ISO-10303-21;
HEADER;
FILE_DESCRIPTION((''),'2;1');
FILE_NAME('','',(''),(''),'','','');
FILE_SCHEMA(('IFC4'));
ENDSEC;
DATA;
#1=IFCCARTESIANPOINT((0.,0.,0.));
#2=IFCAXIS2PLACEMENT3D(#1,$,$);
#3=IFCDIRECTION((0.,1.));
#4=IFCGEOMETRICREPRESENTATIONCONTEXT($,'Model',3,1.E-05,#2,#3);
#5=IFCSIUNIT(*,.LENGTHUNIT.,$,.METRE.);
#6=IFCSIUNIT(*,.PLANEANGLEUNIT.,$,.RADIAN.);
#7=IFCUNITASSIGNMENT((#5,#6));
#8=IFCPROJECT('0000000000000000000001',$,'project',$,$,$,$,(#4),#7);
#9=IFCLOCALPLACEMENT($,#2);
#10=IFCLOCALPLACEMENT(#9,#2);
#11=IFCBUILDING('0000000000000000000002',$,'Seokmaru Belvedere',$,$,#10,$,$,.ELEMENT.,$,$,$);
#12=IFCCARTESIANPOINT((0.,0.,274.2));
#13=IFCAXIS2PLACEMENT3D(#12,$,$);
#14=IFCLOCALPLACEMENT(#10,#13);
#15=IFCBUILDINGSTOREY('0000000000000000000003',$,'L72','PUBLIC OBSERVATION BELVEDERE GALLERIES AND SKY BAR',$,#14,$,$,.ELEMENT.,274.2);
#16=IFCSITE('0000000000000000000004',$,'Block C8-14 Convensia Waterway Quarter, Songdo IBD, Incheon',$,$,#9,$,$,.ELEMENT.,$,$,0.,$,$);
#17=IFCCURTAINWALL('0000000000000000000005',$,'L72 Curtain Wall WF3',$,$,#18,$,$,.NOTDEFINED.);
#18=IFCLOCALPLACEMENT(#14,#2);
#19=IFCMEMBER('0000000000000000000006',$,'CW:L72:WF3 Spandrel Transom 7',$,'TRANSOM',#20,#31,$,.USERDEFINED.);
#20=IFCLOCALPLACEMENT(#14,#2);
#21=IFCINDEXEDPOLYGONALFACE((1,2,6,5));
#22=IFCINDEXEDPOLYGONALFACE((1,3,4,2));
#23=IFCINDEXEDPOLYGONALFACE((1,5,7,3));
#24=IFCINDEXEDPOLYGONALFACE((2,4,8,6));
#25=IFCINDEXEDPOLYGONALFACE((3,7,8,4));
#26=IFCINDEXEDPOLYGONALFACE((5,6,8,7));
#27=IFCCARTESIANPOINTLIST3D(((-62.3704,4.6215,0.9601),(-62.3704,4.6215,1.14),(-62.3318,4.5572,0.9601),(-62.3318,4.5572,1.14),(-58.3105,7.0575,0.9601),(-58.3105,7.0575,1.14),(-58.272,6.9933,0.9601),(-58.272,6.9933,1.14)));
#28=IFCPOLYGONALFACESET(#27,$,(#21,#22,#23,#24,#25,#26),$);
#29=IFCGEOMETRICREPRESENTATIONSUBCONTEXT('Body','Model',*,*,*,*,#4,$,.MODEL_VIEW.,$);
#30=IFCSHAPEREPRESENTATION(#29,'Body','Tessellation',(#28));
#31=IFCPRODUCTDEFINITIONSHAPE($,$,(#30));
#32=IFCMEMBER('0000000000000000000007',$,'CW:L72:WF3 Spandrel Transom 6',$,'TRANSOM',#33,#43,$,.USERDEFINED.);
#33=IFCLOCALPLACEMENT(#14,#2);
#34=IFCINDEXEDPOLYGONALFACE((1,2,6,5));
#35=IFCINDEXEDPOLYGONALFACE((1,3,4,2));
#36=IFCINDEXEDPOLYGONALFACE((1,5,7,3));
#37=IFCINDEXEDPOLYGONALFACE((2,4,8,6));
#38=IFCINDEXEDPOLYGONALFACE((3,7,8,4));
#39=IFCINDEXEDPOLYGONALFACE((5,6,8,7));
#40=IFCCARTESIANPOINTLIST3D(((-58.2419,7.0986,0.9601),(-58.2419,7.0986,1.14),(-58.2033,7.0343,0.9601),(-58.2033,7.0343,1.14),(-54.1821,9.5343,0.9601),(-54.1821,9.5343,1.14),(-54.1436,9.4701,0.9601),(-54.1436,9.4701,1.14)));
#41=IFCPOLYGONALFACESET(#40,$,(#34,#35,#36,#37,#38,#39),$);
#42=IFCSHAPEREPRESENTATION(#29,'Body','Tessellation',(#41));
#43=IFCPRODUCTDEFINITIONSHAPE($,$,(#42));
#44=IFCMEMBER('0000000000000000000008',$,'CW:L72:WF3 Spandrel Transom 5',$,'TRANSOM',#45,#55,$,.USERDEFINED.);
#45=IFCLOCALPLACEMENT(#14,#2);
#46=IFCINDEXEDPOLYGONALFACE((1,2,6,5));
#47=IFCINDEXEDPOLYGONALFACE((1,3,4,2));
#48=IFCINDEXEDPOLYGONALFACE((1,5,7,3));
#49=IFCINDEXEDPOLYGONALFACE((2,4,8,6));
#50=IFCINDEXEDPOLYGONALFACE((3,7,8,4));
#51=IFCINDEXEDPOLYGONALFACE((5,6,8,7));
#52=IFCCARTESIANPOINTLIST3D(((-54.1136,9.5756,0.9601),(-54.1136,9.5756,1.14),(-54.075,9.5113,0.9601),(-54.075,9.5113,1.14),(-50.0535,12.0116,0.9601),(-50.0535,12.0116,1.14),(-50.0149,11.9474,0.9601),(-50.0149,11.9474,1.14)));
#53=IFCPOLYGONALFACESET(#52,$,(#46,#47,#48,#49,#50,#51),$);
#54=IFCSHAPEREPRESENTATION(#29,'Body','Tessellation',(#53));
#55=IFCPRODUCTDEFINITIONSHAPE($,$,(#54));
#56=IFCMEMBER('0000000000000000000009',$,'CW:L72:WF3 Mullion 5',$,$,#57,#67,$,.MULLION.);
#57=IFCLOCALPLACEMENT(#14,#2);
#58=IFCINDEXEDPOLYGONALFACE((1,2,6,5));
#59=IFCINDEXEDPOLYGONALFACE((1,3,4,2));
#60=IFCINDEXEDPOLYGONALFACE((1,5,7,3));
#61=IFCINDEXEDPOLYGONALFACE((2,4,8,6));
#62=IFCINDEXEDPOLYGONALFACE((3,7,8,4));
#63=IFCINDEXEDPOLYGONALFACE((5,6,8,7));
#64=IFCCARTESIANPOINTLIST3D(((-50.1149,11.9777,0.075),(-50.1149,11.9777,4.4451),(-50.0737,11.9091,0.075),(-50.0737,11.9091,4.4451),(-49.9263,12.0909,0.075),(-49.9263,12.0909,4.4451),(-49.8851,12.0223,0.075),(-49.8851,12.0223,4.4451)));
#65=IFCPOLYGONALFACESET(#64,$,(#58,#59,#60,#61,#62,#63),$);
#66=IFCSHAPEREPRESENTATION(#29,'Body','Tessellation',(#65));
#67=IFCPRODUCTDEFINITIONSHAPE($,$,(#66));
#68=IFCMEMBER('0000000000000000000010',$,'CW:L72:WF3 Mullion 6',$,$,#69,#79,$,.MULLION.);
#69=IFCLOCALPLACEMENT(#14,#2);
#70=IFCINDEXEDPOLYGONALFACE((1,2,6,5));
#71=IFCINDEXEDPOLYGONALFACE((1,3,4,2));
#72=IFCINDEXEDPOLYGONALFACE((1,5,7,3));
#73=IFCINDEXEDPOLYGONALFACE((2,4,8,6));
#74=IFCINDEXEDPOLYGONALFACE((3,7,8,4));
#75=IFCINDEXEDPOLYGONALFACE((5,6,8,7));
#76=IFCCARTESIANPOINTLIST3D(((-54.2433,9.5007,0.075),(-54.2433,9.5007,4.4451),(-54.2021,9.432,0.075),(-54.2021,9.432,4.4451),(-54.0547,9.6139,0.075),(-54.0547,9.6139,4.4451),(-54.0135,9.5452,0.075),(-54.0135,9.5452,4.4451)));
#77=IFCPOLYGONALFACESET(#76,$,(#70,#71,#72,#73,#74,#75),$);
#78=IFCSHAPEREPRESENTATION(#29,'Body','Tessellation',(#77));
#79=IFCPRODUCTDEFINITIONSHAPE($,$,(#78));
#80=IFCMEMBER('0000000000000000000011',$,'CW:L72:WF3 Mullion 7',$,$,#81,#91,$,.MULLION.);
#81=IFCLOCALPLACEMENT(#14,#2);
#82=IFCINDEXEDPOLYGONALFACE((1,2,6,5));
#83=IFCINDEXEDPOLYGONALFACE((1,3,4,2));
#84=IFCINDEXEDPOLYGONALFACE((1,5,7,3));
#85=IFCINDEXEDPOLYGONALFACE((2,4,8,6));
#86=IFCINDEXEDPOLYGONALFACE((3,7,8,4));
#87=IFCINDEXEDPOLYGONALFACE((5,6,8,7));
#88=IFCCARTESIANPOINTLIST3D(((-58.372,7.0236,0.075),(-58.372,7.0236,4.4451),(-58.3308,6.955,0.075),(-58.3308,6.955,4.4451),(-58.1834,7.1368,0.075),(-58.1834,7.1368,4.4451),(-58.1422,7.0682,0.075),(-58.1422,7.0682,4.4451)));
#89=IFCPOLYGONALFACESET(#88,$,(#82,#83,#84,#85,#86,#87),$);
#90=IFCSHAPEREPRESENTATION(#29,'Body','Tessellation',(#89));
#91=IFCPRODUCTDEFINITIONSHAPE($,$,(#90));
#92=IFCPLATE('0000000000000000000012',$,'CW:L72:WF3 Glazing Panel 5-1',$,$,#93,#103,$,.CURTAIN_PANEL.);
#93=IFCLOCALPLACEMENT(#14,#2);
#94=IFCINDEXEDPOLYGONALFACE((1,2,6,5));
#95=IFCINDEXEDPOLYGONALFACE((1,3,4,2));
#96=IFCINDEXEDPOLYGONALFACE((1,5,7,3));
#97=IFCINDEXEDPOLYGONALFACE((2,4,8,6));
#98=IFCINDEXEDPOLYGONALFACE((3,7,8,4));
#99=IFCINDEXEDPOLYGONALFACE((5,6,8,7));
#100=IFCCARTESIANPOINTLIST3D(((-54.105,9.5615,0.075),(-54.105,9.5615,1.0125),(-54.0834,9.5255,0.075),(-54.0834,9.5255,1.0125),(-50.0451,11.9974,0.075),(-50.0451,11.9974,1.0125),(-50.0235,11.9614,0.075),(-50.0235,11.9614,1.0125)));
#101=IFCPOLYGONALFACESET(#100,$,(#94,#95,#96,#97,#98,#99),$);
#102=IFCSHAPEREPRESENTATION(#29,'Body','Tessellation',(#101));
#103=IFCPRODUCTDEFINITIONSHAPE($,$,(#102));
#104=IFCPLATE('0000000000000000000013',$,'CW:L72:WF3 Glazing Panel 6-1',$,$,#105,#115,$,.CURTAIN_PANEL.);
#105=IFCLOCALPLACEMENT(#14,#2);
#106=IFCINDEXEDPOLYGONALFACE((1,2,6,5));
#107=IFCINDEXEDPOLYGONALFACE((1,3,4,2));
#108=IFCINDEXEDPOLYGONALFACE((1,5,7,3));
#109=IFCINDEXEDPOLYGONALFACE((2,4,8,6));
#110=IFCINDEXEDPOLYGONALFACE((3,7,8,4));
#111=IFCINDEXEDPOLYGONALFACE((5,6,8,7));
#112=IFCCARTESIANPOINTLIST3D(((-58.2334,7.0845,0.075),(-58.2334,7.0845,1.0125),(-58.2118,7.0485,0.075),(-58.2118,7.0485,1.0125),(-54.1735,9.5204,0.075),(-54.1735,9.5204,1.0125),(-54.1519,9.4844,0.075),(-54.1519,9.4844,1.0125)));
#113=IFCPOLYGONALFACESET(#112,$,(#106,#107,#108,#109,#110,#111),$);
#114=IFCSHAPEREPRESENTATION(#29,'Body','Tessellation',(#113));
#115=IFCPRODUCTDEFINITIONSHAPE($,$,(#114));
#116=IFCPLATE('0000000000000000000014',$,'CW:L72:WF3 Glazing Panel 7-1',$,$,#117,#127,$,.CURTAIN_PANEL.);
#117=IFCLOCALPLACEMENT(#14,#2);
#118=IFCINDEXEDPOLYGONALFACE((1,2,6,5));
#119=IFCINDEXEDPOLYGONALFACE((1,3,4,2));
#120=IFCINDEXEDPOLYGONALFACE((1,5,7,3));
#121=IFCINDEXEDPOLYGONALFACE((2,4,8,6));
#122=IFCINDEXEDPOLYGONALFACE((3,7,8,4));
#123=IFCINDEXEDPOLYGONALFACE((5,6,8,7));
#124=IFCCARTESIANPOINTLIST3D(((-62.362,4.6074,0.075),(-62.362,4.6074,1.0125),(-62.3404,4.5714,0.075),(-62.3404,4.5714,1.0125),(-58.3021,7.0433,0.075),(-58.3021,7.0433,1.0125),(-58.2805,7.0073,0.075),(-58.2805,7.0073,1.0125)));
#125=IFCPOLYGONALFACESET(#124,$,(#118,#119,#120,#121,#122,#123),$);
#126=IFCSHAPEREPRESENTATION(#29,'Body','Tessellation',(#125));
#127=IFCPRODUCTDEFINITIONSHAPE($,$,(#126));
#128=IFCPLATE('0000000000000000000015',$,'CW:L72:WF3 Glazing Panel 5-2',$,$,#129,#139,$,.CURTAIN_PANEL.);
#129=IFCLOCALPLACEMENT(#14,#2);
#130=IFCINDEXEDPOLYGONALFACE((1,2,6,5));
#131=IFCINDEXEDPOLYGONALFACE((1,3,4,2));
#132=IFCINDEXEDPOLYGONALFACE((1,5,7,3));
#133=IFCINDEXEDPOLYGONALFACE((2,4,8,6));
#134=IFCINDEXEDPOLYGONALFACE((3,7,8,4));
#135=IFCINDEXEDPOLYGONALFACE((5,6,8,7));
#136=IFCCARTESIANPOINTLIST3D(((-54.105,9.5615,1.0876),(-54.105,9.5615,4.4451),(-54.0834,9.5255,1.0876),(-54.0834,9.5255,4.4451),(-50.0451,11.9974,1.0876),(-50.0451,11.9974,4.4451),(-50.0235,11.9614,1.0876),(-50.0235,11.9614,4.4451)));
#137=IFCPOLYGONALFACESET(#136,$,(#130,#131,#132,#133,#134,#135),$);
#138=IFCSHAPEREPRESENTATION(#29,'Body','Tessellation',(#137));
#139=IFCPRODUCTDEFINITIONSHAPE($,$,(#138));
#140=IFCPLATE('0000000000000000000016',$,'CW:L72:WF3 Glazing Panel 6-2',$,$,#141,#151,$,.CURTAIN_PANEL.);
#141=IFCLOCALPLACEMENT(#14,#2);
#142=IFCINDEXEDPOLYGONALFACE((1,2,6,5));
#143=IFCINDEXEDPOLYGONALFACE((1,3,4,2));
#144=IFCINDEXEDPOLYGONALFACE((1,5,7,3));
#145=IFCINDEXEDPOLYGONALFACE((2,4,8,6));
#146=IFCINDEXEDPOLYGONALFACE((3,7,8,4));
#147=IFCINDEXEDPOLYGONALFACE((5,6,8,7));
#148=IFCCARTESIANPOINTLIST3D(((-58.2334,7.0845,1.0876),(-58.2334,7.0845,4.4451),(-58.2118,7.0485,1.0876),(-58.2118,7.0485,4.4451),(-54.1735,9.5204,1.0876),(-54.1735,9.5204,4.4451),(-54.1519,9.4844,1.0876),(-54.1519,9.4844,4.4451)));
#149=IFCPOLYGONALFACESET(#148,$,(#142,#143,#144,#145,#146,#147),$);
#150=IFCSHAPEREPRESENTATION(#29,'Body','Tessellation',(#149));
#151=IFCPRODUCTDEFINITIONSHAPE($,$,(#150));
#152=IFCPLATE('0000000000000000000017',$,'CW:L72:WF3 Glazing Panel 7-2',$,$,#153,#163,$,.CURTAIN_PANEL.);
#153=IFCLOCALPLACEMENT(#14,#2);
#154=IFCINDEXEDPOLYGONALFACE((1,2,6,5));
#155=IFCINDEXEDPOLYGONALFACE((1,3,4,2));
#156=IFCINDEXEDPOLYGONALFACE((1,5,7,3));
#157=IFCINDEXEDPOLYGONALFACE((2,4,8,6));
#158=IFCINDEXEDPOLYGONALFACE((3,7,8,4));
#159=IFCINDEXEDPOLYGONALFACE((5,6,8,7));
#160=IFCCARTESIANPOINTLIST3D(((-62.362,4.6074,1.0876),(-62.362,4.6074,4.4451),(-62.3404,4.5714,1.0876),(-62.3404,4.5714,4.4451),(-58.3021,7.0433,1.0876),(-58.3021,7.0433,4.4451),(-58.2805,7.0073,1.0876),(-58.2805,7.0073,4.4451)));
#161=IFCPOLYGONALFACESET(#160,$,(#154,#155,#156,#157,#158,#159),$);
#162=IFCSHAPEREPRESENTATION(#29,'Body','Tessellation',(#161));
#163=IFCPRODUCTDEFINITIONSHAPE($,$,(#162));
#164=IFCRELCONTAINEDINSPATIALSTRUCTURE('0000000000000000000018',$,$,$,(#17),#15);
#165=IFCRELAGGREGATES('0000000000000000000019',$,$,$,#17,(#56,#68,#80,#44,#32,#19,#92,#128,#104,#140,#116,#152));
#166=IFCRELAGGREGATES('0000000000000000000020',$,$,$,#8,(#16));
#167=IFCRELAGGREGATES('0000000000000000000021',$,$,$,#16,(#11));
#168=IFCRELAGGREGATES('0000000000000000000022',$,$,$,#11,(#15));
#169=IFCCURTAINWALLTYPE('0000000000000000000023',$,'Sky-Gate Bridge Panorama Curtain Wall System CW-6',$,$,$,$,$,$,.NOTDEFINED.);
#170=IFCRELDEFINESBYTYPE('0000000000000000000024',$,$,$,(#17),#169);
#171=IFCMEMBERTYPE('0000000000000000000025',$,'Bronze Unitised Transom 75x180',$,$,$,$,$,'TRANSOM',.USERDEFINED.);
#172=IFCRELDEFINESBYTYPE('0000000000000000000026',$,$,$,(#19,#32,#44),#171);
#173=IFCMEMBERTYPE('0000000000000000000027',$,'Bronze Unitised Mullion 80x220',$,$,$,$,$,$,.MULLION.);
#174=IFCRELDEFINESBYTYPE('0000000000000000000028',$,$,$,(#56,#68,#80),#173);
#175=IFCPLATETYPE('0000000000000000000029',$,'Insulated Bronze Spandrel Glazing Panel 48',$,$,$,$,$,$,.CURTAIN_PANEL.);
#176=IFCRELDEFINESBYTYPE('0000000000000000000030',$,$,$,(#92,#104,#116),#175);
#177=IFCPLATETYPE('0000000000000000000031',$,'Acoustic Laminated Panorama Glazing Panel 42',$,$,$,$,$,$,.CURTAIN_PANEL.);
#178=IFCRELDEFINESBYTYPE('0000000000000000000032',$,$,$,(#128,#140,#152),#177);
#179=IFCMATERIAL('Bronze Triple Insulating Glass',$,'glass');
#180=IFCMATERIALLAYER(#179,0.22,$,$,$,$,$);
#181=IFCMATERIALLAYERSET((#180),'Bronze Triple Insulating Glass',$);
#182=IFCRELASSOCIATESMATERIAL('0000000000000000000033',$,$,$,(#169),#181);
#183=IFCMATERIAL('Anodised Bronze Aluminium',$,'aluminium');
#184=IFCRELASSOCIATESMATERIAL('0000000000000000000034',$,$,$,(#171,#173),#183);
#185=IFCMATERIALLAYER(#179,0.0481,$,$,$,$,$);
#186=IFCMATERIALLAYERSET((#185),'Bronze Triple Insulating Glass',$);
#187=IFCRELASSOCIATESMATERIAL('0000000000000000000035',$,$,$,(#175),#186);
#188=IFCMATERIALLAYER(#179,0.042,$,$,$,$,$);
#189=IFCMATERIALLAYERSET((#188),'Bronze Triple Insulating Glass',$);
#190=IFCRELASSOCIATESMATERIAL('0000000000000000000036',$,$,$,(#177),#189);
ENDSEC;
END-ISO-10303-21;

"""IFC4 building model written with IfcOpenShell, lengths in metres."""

from ifc_helpers import new_model, si_unit, direction, frame, origin, origin_2d, place, context, subcontext, project, spatial, rectangle, extrude, source, transform, mapped, material, layer, layer_set, material_profile, profile_set, type_object, type_shapes, element, aggregate, save


model = new_model("IFC4")

# Units and contexts
model_context = context("Model", 3, precision=1e-05, world=origin(), true_north=direction((0.0, 1.0)))
body_context = subcontext(model_context, "Body", "Model", "MODEL_VIEW")
ifc_project = project(units=[si_unit("LENGTHUNIT", "METRE"), si_unit("PLANEANGLEUNIT", "RADIAN")], contexts=[model_context])

# Site, building, storey
site_placement = place(None, origin())
site = spatial("IfcSite", under=ifc_project, at=site_placement, Name="Block C8-14 Convensia Waterway Quarter, Songdo IBD, Incheon", CompositionType="ELEMENT", RefElevation=0.0)
building_placement = place(site_placement, origin())
building = spatial("IfcBuilding", under=site, at=building_placement, Name="Seokmaru Belvedere", CompositionType="ELEMENT")
storey_placement = place(building_placement, frame((0.0, 0.0, 274.2)))
storey = spatial("IfcBuildingStorey", under=building, at=storey_placement, Name="L72", Description="PUBLIC OBSERVATION BELVEDERE GALLERIES AND SKY BAR", CompositionType="ELEMENT", Elevation=274.2)

# Curtain wall, members, plates
ifc_material_1 = material(Name="Bronze Triple Insulating Glass", Category="glass")
ifc_layer_1 = layer(ifc_material_1, 0.22)
ifc_layer_set_1 = layer_set([ifc_layer_1], Name="Bronze Triple Insulating Glass")
curtain_wall_type = type_object("IfcCurtainWallType", Name="Sky-Gate Bridge Panorama Curtain Wall System CW-6", PredefinedType="NOTDEFINED", material=ifc_layer_set_1)
curtain_wall_placement = place(storey_placement, origin())
curtain_wall = element("IfcCurtainWall", 1, at=curtain_wall_placement, inside=storey, type_object=curtain_wall_type, Name="L72 Curtain Wall WF3", PredefinedType="NOTDEFINED")
ifc_material_2 = material(Name="Anodised Bronze Aluminium", Category="aluminium")
ifc_material_profile_1 = material_profile(ifc_material_2, rectangle(XDim=0.075, YDim=0.1799, at=origin_2d()), Name="CW-T-75x180")
ifc_profile_set_1 = profile_set([ifc_material_profile_1], Name="Anodised Bronze Aluminium")
member_type_1 = type_object("IfcMemberType", Name="Bronze Unitised Transom 75x180", ElementType="TRANSOM", PredefinedType="USERDEFINED", material=ifc_profile_set_1)
shared_shape_1 = source(origin(), body_context, "Body", "SweptSolid", [
    extrude(rectangle(XDim=0.075, YDim=0.1799, at=origin_2d()), origin(), (0.0, 0.0, 1.0), 4.7346),
])
member_1_placement = place(storey_placement, frame((-58.2913, 7.0254, 1.05), z_axis=(-0.857479, -0.514519, 0.0), x_axis=(0.514519, -0.857479, 0.0)))
member_1 = element("IfcMember", 2, at=member_1_placement, type_object=member_type_1, Name="CW:L72:WF3 Spandrel Transom 7", ObjectType="TRANSOM", PredefinedType="USERDEFINED", context=body_context, shape_type="MappedRepresentation", body=[
    mapped(shared_shape_1, transform((0.0, 0.0, 0.0), scale=1.0)),
])
shared_shape_2 = source(origin(), body_context, "Body", "SweptSolid", [
    extrude(rectangle(XDim=0.075, YDim=0.1799, at=origin_2d()), origin(), (0.0, 0.0, 1.0), 4.7344),
])
member_2_placement = place(storey_placement, frame((-54.1628, 9.5022, 1.05), z_axis=(-0.857502, -0.514481, 0.0), x_axis=(0.514481, -0.857502, 0.0)))
member_2 = element("IfcMember", 3, at=member_2_placement, type_object=member_type_1, Name="CW:L72:WF3 Spandrel Transom 6", ObjectType="TRANSOM", PredefinedType="USERDEFINED", context=body_context, shape_type="MappedRepresentation", body=[
    mapped(shared_shape_2, transform((0.0, 0.0, 0.0), scale=1.0)),
])
shared_shape_3 = source(origin(), body_context, "Body", "SweptSolid", [
    extrude(rectangle(XDim=0.075, YDim=0.1799, at=origin_2d()), origin(), (0.0, 0.0, 1.0), 4.7349),
])
type_shapes(member_type_1, [shared_shape_1, shared_shape_2, shared_shape_3])
member_3_placement = place(storey_placement, frame((-50.0342, 11.9795, 1.05), z_axis=(-0.857493, -0.514496, 0.0), x_axis=(0.514496, -0.857493, 0.0)))
member_3 = element("IfcMember", 4, at=member_3_placement, type_object=member_type_1, Name="CW:L72:WF3 Spandrel Transom 5", ObjectType="TRANSOM", PredefinedType="USERDEFINED", context=body_context, shape_type="MappedRepresentation", body=[
    mapped(shared_shape_3, transform((0.0, 0.0, 0.0), scale=1.0)),
])
ifc_material_profile_2 = material_profile(ifc_material_2, rectangle(XDim=0.0801, YDim=0.22, at=origin_2d()), Name="CW-M-80x220")
ifc_profile_set_2 = profile_set([ifc_material_profile_2], Name="Anodised Bronze Aluminium")
member_type_2 = type_object("IfcMemberType", Name="Bronze Unitised Mullion 80x220", PredefinedType="MULLION", material=ifc_profile_set_2)
shared_shape_4 = source(origin(), body_context, "Body", "SweptSolid", [
    extrude(rectangle(XDim=0.0801, YDim=0.22, at=origin_2d()), origin(), (0.0, 0.0, 1.0), 4.3701),
])
type_shapes(member_type_2, [shared_shape_4])
member_4_placement = place(storey_placement, frame((-50.0, 12.0, 0.075), z_axis=(0.0, 0.0, 1.0), x_axis=(0.514495, -0.857493, 0.0)))
member_4 = element("IfcMember", 5, at=member_4_placement, type_object=member_type_2, Name="CW:L72:WF3 Mullion 5", PredefinedType="MULLION", context=body_context, shape_type="MappedRepresentation", body=[
    mapped(shared_shape_4, transform((0.0, 0.0, 0.0), scale=1.0)),
])
member_5_placement = place(storey_placement, frame((-54.1284, 9.5229, 0.075), z_axis=(0.0, 0.0, 1.0), x_axis=(0.514495, -0.857493, 0.0)))
member_5 = element("IfcMember", 6, at=member_5_placement, type_object=member_type_2, Name="CW:L72:WF3 Mullion 6", PredefinedType="MULLION", context=body_context, shape_type="MappedRepresentation", body=[
    mapped(shared_shape_4, transform((0.0, 0.0, 0.0), scale=1.0)),
])
member_6_placement = place(storey_placement, frame((-58.2571, 7.0459, 0.075), z_axis=(0.0, 0.0, 1.0), x_axis=(0.514495, -0.857493, 0.0)))
member_6 = element("IfcMember", 7, at=member_6_placement, type_object=member_type_2, Name="CW:L72:WF3 Mullion 7", PredefinedType="MULLION", context=body_context, shape_type="MappedRepresentation", body=[
    mapped(shared_shape_4, transform((0.0, 0.0, 0.0), scale=1.0)),
])
ifc_layer_2 = layer(ifc_material_1, 0.0481)
ifc_layer_set_2 = layer_set([ifc_layer_2], Name="Bronze Triple Insulating Glass")
plate_type_1 = type_object("IfcPlateType", Name="Insulated Bronze Spandrel Glazing Panel 48", PredefinedType="CURTAIN_PANEL", material=ifc_layer_set_2)
shared_shape_5 = source(origin(), body_context, "Body", "SweptSolid", [
    extrude(rectangle(XDim=4.7346, YDim=0.042, at=origin_2d()), origin(), (0.0, 0.0, 1.0), 0.9375),
])
type_shapes(plate_type_1, [shared_shape_5])
plate_1_placement = place(storey_placement, frame((-52.0642, 10.7615, 0.075), z_axis=(0.0, 0.0, 1.0), x_axis=(-0.857493, -0.514495, 0.0)))
plate_1 = element("IfcPlate", 8, at=plate_1_placement, type_object=plate_type_1, Name="CW:L72:WF3 Glazing Panel 5-1", PredefinedType="CURTAIN_PANEL", context=body_context, shape_type="MappedRepresentation", body=[
    mapped(shared_shape_5, transform((0.0, 0.0, 0.0), scale=1.0)),
])
plate_2_placement = place(storey_placement, frame((-56.1926, 8.2844, 0.075), z_axis=(0.0, 0.0, 1.0), x_axis=(-0.857493, -0.514495, 0.0)))
plate_2 = element("IfcPlate", 9, at=plate_2_placement, type_object=plate_type_1, Name="CW:L72:WF3 Glazing Panel 6-1", PredefinedType="CURTAIN_PANEL", context=body_context, shape_type="MappedRepresentation", body=[
    mapped(shared_shape_5, transform((0.0, 0.0, 0.0), scale=1.0)),
])
plate_3_placement = place(storey_placement, frame((-60.3213, 5.8074, 0.075), z_axis=(0.0, 0.0, 1.0), x_axis=(-0.857493, -0.514495, 0.0)))
plate_3 = element("IfcPlate", 10, at=plate_3_placement, type_object=plate_type_1, Name="CW:L72:WF3 Glazing Panel 7-1", PredefinedType="CURTAIN_PANEL", context=body_context, shape_type="MappedRepresentation", body=[
    mapped(shared_shape_5, transform((0.0, 0.0, 0.0), scale=1.0)),
])
ifc_layer_3 = layer(ifc_material_1, 0.042)
ifc_layer_set_3 = layer_set([ifc_layer_3], Name="Bronze Triple Insulating Glass")
plate_type_2 = type_object("IfcPlateType", Name="Acoustic Laminated Panorama Glazing Panel 42", PredefinedType="CURTAIN_PANEL", material=ifc_layer_set_3)
shared_shape_6 = source(origin(), body_context, "Body", "SweptSolid", [
    extrude(rectangle(XDim=4.7346, YDim=0.042, at=origin_2d()), origin(), (0.0, 0.0, 1.0), 3.3574),
])
type_shapes(plate_type_2, [shared_shape_6])
plate_4_placement = place(storey_placement, frame((-52.0642, 10.7615, 1.0876), z_axis=(0.0, 0.0, 1.0), x_axis=(-0.857493, -0.514495, 0.0)))
plate_4 = element("IfcPlate", 11, at=plate_4_placement, type_object=plate_type_2, Name="CW:L72:WF3 Glazing Panel 5-2", PredefinedType="CURTAIN_PANEL", context=body_context, shape_type="MappedRepresentation", body=[
    mapped(shared_shape_6, transform((0.0, 0.0, 0.0), scale=1.0)),
])
plate_5_placement = place(storey_placement, frame((-56.1926, 8.2844, 1.0876), z_axis=(0.0, 0.0, 1.0), x_axis=(-0.857493, -0.514495, 0.0)))
plate_5 = element("IfcPlate", 12, at=plate_5_placement, type_object=plate_type_2, Name="CW:L72:WF3 Glazing Panel 6-2", PredefinedType="CURTAIN_PANEL", context=body_context, shape_type="MappedRepresentation", body=[
    mapped(shared_shape_6, transform((0.0, 0.0, 0.0), scale=1.0)),
])
plate_6_placement = place(storey_placement, frame((-60.3213, 5.8074, 1.0876), z_axis=(0.0, 0.0, 1.0), x_axis=(-0.857493, -0.514495, 0.0)))
plate_6 = element("IfcPlate", 13, at=plate_6_placement, type_object=plate_type_2, Name="CW:L72:WF3 Glazing Panel 7-2", PredefinedType="CURTAIN_PANEL", context=body_context, shape_type="MappedRepresentation", body=[
    mapped(shared_shape_6, transform((0.0, 0.0, 0.0), scale=1.0)),
])
aggregate(curtain_wall, [member_4, member_5, member_6, member_3, member_2, member_1, plate_1, plate_4, plate_2, plate_5, plate_3, plate_6])

save(model, "model.ifc")
